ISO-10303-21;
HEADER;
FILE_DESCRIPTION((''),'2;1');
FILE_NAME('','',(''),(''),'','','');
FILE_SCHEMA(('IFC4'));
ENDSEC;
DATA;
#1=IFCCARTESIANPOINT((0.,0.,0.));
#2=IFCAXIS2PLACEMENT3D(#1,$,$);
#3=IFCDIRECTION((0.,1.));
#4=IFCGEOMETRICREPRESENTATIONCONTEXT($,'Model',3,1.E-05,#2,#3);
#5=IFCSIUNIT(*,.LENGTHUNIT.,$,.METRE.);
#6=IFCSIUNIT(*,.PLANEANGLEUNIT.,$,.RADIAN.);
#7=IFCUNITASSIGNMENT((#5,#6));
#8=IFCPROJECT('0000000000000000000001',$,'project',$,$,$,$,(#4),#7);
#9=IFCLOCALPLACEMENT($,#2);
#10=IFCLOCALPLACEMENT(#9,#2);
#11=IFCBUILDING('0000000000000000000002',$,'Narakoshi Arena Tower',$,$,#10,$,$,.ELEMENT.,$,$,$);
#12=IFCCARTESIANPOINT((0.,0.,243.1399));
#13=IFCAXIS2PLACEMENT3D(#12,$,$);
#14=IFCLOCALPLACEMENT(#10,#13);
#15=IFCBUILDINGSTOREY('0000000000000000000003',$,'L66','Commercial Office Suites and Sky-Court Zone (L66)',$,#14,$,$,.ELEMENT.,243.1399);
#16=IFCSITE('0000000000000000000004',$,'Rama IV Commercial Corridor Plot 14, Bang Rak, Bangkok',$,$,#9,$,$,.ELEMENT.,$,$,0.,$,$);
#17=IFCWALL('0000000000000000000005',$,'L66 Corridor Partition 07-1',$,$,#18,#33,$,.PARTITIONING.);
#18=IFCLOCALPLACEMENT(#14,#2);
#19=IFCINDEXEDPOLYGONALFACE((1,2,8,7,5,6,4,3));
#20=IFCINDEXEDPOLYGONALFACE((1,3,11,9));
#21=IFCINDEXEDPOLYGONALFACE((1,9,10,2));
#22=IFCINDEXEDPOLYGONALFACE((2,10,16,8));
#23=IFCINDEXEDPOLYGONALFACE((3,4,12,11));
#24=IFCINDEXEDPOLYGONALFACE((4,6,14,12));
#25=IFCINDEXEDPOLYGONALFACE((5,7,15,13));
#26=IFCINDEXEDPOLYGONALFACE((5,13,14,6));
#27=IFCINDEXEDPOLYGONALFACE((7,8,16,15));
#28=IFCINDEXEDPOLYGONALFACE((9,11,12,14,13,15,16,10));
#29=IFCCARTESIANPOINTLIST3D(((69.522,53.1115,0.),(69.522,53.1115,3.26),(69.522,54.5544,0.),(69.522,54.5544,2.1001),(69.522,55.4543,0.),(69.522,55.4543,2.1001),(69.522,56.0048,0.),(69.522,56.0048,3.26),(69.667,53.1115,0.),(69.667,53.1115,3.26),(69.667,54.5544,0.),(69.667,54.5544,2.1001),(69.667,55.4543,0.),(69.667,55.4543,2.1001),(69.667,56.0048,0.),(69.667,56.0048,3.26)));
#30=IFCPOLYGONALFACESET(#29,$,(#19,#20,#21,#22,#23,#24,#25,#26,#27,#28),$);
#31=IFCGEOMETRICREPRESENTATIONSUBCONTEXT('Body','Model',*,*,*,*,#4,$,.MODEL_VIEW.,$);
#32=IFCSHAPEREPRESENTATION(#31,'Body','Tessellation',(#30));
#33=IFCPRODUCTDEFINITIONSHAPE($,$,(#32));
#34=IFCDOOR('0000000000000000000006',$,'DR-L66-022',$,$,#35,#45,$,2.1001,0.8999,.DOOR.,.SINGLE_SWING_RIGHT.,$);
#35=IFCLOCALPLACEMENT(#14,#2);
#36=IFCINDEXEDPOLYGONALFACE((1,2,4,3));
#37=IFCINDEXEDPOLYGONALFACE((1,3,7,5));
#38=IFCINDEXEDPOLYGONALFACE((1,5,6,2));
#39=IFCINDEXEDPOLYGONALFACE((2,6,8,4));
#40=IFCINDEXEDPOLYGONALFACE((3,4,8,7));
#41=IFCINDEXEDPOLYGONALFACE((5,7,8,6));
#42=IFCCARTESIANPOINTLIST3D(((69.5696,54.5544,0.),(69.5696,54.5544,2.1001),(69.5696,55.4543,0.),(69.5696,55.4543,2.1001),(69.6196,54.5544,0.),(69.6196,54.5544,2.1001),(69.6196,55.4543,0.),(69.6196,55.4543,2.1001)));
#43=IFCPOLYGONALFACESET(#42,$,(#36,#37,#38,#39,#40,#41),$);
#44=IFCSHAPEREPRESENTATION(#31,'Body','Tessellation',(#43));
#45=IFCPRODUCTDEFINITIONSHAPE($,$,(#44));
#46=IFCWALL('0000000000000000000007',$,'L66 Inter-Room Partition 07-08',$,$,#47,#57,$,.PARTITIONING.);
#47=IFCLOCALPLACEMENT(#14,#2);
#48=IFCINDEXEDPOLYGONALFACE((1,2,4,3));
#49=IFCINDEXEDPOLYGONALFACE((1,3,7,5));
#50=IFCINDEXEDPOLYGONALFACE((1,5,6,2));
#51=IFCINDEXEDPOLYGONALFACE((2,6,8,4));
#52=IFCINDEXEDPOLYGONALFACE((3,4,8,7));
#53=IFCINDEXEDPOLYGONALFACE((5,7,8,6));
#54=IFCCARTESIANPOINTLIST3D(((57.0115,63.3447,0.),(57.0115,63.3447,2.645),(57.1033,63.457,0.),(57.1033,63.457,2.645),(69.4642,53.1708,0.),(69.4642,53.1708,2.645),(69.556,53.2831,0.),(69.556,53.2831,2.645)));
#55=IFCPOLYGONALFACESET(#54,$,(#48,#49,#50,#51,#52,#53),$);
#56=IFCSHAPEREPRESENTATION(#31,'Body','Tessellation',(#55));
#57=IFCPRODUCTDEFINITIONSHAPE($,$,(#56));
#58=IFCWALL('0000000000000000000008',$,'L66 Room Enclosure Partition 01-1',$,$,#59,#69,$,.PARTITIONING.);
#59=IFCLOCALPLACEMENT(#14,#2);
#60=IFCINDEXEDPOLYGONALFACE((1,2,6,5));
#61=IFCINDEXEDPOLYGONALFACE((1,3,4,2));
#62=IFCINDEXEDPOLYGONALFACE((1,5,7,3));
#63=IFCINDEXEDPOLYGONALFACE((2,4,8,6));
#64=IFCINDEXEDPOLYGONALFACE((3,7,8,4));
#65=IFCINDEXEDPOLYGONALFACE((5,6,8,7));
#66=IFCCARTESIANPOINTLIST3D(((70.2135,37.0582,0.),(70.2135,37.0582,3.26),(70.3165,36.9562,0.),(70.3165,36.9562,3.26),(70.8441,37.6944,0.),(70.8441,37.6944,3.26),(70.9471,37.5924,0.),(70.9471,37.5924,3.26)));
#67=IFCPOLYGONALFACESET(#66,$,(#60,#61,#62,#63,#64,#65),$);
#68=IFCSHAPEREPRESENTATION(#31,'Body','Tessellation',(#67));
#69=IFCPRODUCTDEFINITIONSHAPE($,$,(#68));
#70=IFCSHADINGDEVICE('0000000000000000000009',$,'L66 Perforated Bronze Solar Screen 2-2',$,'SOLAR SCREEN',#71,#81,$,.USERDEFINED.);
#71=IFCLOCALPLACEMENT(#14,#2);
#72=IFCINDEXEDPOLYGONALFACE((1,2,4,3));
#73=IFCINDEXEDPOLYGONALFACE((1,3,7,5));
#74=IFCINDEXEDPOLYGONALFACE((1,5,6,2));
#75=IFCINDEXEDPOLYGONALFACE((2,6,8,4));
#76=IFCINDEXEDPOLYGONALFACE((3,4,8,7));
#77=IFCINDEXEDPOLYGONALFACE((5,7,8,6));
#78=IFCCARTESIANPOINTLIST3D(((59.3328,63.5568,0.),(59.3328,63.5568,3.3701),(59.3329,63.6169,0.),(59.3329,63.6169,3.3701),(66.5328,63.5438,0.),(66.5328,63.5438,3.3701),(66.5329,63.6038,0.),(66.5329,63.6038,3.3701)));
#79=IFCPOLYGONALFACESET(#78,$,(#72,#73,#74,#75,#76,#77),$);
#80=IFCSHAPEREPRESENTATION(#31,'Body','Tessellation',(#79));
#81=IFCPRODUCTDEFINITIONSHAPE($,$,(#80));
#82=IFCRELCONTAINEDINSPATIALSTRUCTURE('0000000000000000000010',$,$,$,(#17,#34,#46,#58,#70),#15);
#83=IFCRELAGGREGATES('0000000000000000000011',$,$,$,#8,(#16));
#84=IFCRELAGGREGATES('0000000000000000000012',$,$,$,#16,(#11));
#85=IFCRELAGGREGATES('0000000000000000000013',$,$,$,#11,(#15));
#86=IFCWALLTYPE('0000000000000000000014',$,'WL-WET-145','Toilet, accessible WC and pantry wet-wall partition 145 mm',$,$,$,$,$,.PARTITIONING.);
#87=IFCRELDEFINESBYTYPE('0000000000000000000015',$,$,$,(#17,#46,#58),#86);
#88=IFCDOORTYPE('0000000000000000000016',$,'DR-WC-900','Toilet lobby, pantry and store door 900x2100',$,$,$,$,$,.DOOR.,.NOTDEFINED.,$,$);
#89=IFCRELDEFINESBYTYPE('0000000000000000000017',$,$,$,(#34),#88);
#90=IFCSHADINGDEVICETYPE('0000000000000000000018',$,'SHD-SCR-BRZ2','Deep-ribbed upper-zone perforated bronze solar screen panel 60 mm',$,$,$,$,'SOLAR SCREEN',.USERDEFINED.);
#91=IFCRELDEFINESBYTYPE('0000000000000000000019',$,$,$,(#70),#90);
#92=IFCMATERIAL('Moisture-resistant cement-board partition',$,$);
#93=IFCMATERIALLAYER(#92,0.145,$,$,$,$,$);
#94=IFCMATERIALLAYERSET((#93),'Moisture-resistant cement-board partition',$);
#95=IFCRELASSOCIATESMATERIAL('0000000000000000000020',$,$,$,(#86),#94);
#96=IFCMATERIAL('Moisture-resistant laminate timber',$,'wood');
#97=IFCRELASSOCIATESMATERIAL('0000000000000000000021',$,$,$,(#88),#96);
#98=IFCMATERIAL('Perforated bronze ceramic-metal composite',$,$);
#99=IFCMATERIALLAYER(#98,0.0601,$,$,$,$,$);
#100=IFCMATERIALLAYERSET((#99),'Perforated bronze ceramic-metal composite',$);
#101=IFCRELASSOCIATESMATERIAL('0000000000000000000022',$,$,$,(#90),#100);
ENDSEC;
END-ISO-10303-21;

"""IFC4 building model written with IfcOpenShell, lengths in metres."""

from ifc_helpers import new_model, si_unit, direction, frame, frame_2d, origin, origin_2d, place, context, subcontext, project, spatial, rectangle, extrude, material, layer, layer_set, type_object, element, fill, save


model = new_model("IFC4")

# Units and contexts
model_context = context("Model", 3, precision=1e-05, world=origin(), true_north=direction((0.0, 1.0)))
body_context = subcontext(model_context, "Body", "Model", "MODEL_VIEW")
ifc_project = project(units=[si_unit("LENGTHUNIT", "METRE"), si_unit("PLANEANGLEUNIT", "RADIAN")], contexts=[model_context])

# Site, building, storey
site_placement = place(None, origin())
site = spatial("IfcSite", under=ifc_project, at=site_placement, Name="Rama IV Commercial Corridor Plot 14, Bang Rak, Bangkok", CompositionType="ELEMENT", RefElevation=0.0)
building_placement = place(site_placement, origin())
building = spatial("IfcBuilding", under=site, at=building_placement, Name="Narakoshi Arena Tower", CompositionType="ELEMENT")
storey_placement = place(building_placement, frame((0.0, 0.0, 243.1399)))
storey = spatial("IfcBuildingStorey", under=building, at=storey_placement, Name="L66", Description="Commercial Office Suites and Sky-Court Zone (L66)", CompositionType="ELEMENT", Elevation=243.1399)

# Shared definitions
ifc_material_1 = material(Name="Moisture-resistant cement-board partition")
ifc_layer_1 = layer(ifc_material_1, 0.145)
ifc_layer_set_1 = layer_set([ifc_layer_1], Name="Moisture-resistant cement-board partition")
wall_type_1 = type_object("IfcWallType", Name="WL-WET-145", Description="Toilet, accessible WC and pantry wet-wall partition 145 mm", PredefinedType="PARTITIONING", material=ifc_layer_set_1)

# Wall, opening, door
wall_1_placement = place(storey_placement, frame((69.5945, 56.0049, 0.0), z_axis=(0.0, 0.0, 1.0), x_axis=(0.0, -1.0, 0.0)))
wall_1 = element("IfcWall", 1, at=wall_1_placement, inside=storey, type_object=wall_type_1, Name="L66 Corridor Partition 07-1", PredefinedType="PARTITIONING", context=body_context, shape_type="SweptSolid", body=[
    extrude(rectangle(XDim=2.8933, YDim=0.145, at=frame_2d((1.4468, 0.0))), origin(), (0.0, 0.0, 1.0), 3.26),
])
opening_1_placement = place(wall_1_placement, frame((0.5505, 0.0, 0.0)))
opening_1 = element("IfcOpeningElement", 2, at=opening_1_placement, cuts=wall_1, PredefinedType="OPENING", context=body_context, shape_type="SweptSolid", body=[
    extrude(rectangle(XDim=0.8999, YDim=2.1001, at=frame_2d((0.45, 1.05))), frame((0.0, 0.0825, 0.0), z_axis=(0.0, -1.0, 0.0), x_axis=(1.0, 0.0, 0.0)), (0.0, 0.0, 1.0), 0.165),
])
ifc_material_2 = material(Name="Moisture-resistant laminate timber", Category="wood")
door_type_1 = type_object("IfcDoorType", Name="DR-WC-900", Description="Toilet lobby, pantry and store door 900x2100", OperationType="NOTDEFINED", PredefinedType="DOOR", material=ifc_material_2)
door_1_placement = place(opening_1_placement, frame((0.8999, 0.0, 0.0), z_axis=(0.0, 0.0, 1.0), x_axis=(-1.0, 0.0, 0.0)))
door_1 = element("IfcDoor", 3, at=door_1_placement, inside=storey, type_object=door_type_1, Name="DR-L66-022", OperationType="SINGLE_SWING_RIGHT", OverallHeight=2.1001, OverallWidth=0.8999, PredefinedType="DOOR", context=body_context, shape_type="SweptSolid", body=[
    extrude(rectangle(XDim=0.8999, YDim=2.1001, at=frame_2d((0.45, 1.05))), frame((0.0, 0.0249, 0.0), z_axis=(0.0, -1.0, 0.0), x_axis=(1.0, 0.0, 0.0)), (0.0, 0.0, 1.0), 0.05),
])
fill(opening_1, door_1)

# Walls
wall_2_placement = place(storey_placement, frame((69.51, 53.2271, 0.0), z_axis=(0.0, 0.0, 1.0), x_axis=(-0.774405, 0.63269, 0.0)))
element("IfcWall", 4, at=wall_2_placement, inside=storey, type_object=wall_type_1, Name="L66 Inter-Room Partition 07-08", PredefinedType="PARTITIONING", context=body_context, shape_type="SweptSolid", body=[
    extrude(rectangle(XDim=16.0803, YDim=0.145, at=frame_2d((8.04, 0.0))), origin(), (0.0, 0.0, 1.0), 2.645),
])
wall_3_placement = place(storey_placement, frame((70.8955, 37.6433, 0.0), z_axis=(0.0, 0.0, 1.0), x_axis=(-0.703966, -0.710234, 0.0)))
element("IfcWall", 5, at=wall_3_placement, inside=storey, type_object=wall_type_1, Name="L66 Room Enclosure Partition 01-1", PredefinedType="PARTITIONING", context=body_context, shape_type="SweptSolid", body=[
    extrude(rectangle(XDim=0.8958, YDim=0.145, at=frame_2d((0.4478, 0.0))), origin(), (0.0, 0.0, 1.0), 3.26),
])

# Shading device
ifc_material_3 = material(Name="Perforated bronze ceramic-metal composite")
ifc_layer_2 = layer(ifc_material_3, 0.0601)
ifc_layer_set_2 = layer_set([ifc_layer_2], Name="Perforated bronze ceramic-metal composite")
shading_device_type = type_object("IfcShadingDeviceType", Name="SHD-SCR-BRZ2", Description="Deep-ribbed upper-zone perforated bronze solar screen panel 60 mm", ElementType="SOLAR SCREEN", PredefinedType="USERDEFINED", material=ifc_layer_set_2)
shading_device_placement = place(storey_placement, frame((62.9329, 63.5803, 0.0), z_axis=(0.0, 0.0, 1.0), x_axis=(-0.999998, 0.001815, 0.0)))
element("IfcShadingDevice", 6, at=shading_device_placement, inside=storey, type_object=shading_device_type, Name="L66 Perforated Bronze Solar Screen 2-2", ObjectType="SOLAR SCREEN", PredefinedType="USERDEFINED", context=body_context, shape_type="SweptSolid", body=[
    extrude(rectangle(XDim=7.2, YDim=0.0601, at=origin_2d()), origin(), (0.0, 0.0, 1.0), 3.3701),
])

save(model, "model.ifc")
